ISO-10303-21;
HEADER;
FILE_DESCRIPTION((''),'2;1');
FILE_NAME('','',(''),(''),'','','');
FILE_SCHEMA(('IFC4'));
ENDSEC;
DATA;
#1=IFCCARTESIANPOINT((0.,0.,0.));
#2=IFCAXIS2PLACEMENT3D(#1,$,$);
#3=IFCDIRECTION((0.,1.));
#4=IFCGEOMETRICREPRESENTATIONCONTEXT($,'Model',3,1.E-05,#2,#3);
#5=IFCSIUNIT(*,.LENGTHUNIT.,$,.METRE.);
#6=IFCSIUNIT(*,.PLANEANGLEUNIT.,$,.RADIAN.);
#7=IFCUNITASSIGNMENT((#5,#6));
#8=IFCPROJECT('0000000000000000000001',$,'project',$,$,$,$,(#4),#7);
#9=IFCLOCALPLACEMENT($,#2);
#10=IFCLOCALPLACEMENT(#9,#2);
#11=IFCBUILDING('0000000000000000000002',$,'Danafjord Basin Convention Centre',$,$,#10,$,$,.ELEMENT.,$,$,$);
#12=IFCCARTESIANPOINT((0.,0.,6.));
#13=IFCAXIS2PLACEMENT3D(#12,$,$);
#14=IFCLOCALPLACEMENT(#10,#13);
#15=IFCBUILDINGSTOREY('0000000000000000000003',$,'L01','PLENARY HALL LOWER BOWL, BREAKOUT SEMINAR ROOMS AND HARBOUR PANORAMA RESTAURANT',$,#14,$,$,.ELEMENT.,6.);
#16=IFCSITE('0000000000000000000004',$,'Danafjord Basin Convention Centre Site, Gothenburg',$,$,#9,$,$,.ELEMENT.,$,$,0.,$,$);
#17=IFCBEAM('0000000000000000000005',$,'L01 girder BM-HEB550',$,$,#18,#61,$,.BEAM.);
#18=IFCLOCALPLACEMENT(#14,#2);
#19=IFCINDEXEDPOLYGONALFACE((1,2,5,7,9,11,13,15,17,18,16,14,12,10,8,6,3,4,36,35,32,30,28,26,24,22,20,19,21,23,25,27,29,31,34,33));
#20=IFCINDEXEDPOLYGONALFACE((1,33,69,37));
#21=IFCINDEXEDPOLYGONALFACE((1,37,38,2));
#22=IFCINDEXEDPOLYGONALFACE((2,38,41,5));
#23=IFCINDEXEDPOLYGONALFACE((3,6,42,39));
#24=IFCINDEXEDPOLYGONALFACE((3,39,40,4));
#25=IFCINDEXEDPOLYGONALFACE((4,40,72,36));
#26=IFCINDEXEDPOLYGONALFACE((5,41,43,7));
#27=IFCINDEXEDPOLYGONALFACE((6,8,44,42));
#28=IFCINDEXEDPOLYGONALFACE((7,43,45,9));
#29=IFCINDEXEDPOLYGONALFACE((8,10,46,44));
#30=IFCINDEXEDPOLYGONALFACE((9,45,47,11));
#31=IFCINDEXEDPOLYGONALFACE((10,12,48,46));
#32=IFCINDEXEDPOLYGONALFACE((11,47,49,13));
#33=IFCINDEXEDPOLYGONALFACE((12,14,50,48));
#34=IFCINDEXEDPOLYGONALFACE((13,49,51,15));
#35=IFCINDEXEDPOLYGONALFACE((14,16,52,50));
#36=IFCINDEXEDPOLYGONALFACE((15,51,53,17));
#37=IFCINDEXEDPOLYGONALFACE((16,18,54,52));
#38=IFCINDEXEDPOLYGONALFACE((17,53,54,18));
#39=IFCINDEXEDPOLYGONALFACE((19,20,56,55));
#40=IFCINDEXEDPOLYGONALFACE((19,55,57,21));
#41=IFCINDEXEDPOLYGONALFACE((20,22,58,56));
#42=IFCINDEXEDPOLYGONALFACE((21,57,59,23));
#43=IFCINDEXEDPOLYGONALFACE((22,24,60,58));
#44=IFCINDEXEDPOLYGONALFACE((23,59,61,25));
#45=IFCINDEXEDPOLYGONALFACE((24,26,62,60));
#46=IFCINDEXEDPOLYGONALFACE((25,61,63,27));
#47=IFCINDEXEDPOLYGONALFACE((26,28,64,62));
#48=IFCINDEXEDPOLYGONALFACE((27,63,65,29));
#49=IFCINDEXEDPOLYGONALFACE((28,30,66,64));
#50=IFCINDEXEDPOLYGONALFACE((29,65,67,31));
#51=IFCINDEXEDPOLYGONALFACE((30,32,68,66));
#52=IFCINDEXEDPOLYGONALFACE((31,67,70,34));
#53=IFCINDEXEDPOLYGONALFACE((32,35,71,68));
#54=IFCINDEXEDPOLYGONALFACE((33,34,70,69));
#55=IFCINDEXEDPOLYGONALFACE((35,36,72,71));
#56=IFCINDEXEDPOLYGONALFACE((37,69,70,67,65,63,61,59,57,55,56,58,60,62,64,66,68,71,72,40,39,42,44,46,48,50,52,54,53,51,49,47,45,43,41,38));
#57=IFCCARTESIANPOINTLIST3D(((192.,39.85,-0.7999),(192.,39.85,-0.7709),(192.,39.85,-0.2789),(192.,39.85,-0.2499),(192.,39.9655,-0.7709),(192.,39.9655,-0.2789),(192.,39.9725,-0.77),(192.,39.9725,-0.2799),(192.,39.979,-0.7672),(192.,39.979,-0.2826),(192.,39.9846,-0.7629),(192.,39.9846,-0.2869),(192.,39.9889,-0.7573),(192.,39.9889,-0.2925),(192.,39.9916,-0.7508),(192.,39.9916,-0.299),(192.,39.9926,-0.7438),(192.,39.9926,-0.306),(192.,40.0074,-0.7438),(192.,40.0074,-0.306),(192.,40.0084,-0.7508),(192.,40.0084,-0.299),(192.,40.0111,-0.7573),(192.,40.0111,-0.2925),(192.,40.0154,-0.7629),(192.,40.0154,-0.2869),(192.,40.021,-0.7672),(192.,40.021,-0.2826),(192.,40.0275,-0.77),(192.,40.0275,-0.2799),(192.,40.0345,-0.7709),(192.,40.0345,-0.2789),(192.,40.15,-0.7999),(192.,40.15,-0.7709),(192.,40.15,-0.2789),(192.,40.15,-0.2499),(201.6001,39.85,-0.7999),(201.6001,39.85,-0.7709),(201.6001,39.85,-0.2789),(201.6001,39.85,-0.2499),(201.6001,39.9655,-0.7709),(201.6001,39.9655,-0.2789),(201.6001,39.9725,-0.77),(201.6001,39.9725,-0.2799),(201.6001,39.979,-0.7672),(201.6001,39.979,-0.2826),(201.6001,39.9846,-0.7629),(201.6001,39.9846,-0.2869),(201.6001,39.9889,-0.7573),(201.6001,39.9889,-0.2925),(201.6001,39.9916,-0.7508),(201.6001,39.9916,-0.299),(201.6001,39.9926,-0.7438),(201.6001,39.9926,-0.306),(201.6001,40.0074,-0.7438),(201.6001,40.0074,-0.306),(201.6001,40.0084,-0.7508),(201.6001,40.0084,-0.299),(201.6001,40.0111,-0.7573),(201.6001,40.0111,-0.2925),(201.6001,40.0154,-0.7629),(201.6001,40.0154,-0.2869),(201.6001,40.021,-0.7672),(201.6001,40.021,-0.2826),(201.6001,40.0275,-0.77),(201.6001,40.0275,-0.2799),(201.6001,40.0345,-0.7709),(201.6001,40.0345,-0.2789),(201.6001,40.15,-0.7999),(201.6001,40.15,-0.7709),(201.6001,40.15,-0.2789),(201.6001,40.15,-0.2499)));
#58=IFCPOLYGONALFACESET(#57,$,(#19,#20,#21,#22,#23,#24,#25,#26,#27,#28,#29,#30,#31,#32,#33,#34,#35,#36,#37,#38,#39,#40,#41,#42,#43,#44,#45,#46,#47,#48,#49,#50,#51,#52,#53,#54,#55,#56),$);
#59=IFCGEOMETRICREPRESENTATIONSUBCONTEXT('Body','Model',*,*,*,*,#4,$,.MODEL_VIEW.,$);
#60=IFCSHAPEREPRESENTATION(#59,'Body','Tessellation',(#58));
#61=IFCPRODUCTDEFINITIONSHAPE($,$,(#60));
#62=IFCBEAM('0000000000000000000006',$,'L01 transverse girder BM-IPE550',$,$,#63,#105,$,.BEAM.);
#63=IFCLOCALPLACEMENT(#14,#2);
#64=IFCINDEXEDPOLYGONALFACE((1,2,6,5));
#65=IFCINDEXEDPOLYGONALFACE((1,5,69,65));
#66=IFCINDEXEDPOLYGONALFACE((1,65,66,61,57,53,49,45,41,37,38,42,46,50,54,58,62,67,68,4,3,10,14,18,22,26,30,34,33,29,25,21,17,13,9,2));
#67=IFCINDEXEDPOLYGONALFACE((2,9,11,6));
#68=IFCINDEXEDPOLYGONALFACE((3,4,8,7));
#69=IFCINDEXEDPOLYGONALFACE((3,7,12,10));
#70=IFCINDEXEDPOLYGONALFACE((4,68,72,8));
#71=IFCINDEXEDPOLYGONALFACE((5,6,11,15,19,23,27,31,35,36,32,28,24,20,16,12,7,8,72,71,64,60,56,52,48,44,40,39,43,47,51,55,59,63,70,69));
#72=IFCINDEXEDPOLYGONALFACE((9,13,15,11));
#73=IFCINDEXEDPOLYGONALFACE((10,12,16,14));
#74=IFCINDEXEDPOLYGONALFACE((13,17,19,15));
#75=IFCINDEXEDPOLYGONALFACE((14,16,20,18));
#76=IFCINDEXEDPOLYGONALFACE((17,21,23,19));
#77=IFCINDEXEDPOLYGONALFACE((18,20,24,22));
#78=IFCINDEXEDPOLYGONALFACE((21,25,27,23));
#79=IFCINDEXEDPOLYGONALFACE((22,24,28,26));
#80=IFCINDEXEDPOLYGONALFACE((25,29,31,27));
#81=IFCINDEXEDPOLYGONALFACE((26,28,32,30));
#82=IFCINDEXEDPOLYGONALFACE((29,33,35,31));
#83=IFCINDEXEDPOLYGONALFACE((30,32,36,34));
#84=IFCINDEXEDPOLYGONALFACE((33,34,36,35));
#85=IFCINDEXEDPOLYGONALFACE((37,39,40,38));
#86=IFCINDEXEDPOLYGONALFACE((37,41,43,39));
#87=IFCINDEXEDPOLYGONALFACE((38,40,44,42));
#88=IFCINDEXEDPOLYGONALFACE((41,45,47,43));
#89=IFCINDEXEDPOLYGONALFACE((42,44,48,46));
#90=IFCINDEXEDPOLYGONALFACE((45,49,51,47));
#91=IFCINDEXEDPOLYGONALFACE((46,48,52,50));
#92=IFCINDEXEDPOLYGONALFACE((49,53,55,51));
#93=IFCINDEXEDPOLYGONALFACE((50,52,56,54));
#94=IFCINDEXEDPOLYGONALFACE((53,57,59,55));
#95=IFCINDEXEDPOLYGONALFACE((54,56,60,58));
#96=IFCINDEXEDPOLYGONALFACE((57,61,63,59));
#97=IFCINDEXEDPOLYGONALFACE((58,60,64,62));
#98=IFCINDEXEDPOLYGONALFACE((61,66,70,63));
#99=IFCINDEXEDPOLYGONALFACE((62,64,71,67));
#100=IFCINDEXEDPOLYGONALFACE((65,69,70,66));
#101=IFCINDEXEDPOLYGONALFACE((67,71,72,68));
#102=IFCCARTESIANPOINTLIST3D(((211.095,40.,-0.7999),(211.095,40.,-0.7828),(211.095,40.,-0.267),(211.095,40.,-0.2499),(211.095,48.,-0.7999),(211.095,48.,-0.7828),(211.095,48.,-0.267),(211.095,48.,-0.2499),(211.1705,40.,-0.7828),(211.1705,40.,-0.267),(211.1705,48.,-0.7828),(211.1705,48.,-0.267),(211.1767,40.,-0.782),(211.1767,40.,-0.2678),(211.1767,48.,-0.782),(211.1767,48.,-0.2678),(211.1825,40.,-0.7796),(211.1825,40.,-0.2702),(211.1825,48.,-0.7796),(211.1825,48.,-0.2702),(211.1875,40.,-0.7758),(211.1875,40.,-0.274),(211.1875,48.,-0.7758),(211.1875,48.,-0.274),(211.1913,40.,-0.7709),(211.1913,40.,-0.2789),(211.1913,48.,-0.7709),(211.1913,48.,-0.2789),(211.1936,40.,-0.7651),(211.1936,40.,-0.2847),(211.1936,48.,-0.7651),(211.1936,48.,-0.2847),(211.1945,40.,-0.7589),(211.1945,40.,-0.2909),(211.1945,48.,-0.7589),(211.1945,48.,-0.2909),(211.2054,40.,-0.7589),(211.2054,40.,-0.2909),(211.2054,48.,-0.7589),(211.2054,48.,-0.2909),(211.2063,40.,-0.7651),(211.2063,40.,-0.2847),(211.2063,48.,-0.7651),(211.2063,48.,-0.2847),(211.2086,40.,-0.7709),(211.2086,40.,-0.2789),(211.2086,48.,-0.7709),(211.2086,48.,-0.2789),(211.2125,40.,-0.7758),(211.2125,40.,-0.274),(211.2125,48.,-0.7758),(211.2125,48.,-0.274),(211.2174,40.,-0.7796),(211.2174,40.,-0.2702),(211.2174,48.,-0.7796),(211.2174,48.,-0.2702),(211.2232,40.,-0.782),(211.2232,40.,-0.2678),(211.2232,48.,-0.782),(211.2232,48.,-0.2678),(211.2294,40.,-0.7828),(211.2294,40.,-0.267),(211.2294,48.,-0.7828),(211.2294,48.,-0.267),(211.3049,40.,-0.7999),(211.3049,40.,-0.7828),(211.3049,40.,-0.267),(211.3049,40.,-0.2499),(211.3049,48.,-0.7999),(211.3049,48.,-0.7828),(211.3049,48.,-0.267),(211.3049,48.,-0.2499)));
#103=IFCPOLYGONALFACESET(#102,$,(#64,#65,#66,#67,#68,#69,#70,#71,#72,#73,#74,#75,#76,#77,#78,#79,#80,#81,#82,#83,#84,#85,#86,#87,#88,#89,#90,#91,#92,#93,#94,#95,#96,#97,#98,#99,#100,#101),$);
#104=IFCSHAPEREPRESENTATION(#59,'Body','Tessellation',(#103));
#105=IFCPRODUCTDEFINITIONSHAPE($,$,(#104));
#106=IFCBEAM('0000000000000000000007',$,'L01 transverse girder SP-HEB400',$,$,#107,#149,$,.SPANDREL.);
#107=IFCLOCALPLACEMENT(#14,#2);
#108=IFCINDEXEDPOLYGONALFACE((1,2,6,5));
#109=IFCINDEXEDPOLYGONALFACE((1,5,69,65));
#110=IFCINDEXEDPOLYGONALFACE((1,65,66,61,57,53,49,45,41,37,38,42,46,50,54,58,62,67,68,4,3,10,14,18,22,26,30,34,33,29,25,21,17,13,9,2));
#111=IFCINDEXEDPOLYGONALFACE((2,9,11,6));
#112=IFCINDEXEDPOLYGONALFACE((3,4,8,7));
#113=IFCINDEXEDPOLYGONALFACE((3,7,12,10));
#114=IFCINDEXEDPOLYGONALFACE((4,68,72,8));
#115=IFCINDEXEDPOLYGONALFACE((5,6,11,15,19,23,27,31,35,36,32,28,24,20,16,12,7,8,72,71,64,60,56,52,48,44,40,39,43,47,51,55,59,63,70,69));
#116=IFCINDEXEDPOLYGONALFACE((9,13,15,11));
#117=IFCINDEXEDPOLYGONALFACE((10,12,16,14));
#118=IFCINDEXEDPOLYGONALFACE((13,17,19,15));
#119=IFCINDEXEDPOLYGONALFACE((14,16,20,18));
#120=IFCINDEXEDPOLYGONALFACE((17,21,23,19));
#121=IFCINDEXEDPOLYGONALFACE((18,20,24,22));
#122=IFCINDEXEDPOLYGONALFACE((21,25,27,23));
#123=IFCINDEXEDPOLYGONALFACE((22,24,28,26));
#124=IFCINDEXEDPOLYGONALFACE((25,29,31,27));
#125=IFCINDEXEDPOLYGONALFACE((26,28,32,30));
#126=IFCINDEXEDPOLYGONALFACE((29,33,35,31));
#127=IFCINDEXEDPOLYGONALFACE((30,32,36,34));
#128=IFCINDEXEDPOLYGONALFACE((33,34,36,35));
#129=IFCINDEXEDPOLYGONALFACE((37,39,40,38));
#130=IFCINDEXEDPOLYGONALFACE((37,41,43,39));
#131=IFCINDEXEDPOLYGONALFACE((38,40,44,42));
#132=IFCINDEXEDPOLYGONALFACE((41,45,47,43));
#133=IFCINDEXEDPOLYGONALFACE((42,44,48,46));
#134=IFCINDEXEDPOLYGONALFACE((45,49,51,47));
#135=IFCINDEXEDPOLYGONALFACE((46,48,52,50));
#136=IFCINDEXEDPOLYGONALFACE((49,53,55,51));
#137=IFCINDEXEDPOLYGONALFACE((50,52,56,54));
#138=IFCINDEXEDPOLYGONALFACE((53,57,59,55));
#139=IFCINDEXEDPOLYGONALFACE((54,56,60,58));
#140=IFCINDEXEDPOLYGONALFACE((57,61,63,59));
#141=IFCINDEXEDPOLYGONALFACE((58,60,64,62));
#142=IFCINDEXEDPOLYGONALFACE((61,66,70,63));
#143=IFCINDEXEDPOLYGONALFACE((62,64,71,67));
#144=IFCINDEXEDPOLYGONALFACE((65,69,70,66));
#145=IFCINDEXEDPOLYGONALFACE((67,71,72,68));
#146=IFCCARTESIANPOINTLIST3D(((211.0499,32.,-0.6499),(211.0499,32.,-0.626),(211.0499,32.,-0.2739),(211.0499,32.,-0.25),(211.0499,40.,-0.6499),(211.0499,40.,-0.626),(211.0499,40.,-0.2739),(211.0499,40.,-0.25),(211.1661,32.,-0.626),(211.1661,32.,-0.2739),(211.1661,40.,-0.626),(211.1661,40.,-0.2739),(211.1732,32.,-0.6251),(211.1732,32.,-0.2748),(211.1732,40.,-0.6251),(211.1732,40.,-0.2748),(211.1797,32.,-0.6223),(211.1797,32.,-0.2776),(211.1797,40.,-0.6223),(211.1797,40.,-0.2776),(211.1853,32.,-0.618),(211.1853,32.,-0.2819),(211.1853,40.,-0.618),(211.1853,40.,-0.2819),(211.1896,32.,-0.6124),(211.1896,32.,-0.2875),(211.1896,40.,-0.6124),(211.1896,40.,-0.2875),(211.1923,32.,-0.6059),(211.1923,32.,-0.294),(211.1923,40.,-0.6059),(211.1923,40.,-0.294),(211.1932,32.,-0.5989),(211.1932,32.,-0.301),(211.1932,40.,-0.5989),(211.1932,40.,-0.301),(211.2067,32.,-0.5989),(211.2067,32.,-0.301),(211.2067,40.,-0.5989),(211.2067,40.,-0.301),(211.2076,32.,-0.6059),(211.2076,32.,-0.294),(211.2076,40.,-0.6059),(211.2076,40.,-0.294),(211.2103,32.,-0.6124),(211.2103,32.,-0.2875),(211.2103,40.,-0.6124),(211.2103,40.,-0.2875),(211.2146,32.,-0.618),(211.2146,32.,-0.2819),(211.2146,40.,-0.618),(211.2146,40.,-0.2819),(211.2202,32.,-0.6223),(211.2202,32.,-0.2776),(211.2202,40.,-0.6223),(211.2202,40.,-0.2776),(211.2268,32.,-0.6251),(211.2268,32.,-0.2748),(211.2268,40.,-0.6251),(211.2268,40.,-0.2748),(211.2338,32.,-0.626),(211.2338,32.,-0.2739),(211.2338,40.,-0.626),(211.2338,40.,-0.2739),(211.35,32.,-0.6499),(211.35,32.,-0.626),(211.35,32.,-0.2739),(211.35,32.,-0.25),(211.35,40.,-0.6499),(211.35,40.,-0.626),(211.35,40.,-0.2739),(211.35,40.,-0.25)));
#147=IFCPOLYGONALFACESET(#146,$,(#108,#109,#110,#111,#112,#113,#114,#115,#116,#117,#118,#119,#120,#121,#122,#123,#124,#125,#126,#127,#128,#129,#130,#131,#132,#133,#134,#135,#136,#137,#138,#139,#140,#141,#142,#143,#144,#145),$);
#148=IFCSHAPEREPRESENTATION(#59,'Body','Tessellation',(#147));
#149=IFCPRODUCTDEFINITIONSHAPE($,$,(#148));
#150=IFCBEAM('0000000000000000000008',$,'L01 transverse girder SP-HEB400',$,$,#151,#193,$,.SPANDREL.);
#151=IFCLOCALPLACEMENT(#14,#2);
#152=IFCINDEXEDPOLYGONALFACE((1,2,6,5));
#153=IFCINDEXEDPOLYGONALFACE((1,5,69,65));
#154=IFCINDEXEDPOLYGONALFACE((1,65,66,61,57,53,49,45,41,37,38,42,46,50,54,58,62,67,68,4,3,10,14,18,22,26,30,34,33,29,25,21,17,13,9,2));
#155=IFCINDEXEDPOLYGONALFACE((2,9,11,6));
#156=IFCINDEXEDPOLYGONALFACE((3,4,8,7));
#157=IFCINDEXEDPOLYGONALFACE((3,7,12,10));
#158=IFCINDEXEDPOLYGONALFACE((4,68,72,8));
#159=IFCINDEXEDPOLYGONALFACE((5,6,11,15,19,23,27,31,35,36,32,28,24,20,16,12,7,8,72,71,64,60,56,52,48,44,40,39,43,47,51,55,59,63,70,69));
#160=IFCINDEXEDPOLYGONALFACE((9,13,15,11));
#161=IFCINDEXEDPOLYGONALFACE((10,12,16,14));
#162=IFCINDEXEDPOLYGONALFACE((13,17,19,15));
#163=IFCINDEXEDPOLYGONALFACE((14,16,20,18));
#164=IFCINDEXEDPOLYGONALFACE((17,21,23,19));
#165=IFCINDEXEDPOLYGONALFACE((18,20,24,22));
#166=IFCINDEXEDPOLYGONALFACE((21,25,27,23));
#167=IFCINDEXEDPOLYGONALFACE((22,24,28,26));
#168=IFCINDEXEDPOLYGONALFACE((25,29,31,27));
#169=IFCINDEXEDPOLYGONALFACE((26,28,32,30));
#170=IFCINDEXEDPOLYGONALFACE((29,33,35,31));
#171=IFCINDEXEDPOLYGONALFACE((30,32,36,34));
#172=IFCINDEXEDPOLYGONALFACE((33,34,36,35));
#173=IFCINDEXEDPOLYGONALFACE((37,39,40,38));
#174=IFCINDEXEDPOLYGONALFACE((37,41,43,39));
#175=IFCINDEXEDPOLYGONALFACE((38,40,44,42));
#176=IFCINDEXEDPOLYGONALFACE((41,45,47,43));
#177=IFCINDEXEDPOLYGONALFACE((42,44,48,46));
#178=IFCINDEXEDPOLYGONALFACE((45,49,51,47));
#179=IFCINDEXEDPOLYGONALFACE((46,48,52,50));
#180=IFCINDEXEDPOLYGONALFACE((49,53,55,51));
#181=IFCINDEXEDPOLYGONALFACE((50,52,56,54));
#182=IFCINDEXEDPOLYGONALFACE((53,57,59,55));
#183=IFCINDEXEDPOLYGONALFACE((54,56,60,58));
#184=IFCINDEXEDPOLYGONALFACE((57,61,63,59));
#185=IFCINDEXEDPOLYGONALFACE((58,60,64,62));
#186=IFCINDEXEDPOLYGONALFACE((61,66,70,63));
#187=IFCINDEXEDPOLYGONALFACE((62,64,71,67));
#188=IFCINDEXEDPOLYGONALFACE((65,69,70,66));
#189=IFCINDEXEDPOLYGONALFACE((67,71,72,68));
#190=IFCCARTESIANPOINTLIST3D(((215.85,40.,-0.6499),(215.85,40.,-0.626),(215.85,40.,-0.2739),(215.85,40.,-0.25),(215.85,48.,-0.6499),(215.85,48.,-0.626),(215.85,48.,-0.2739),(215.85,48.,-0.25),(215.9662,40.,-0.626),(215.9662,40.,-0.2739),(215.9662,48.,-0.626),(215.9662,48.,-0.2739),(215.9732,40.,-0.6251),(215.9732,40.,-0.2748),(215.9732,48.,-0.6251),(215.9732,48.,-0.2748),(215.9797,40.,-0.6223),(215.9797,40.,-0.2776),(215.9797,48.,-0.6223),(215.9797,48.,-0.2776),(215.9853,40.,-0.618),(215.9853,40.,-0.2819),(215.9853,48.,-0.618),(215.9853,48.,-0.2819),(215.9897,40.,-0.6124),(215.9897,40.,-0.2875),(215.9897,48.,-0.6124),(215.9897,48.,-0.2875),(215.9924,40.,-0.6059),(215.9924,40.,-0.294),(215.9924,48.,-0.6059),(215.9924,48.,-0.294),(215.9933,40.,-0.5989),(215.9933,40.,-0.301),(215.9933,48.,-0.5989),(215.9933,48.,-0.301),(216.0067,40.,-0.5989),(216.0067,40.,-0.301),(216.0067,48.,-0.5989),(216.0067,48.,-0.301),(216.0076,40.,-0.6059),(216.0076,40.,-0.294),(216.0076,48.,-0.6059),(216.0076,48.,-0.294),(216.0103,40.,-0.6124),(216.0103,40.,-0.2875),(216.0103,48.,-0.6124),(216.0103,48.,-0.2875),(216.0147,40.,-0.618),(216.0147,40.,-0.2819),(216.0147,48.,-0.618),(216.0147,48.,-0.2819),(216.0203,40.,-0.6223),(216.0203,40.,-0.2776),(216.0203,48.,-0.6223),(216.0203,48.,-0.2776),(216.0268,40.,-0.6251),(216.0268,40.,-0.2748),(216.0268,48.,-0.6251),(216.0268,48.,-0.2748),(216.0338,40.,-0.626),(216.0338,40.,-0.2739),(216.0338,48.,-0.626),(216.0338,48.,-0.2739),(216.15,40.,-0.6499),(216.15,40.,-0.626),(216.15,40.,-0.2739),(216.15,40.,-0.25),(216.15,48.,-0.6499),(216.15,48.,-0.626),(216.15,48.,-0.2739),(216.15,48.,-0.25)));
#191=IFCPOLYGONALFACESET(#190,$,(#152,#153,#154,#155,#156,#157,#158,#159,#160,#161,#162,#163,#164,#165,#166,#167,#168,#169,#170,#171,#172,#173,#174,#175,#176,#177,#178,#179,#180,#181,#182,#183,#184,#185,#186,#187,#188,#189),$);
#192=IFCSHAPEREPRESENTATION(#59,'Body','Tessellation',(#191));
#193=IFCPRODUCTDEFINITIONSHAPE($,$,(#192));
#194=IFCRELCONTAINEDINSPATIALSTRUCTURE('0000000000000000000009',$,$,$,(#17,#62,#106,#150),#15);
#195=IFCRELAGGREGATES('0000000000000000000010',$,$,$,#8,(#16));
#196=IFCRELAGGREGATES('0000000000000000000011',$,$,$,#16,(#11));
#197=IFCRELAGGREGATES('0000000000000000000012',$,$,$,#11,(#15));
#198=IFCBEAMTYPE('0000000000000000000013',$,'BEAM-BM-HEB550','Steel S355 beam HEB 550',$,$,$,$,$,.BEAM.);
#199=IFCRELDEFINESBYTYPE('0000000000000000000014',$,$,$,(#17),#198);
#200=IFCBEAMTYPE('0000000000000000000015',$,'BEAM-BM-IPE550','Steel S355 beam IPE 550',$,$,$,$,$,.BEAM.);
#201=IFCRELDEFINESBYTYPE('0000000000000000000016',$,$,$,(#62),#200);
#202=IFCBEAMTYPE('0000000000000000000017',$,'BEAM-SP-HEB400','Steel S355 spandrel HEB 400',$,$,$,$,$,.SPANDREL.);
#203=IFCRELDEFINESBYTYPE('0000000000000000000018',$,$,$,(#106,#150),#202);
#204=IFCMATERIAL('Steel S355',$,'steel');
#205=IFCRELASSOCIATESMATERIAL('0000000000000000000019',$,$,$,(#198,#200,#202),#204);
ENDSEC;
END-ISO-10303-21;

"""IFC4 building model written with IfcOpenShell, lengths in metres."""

from ifc_helpers import new_model, si_unit, direction, frame, origin, origin_2d, place, context, subcontext, project, spatial, i_section, extrude, material, material_profile, profile_set, type_object, element, save


model = new_model("IFC4")

# Units and contexts
model_context = context("Model", 3, precision=1e-05, world=origin(), true_north=direction((0.0, 1.0)))
body_context = subcontext(model_context, "Body", "Model", "MODEL_VIEW")
ifc_project = project(units=[si_unit("LENGTHUNIT", "METRE"), si_unit("PLANEANGLEUNIT", "RADIAN")], contexts=[model_context])

# Site, building, storey
site_placement = place(None, origin())
site = spatial("IfcSite", under=ifc_project, at=site_placement, Name="Danafjord Basin Convention Centre Site, Gothenburg", CompositionType="ELEMENT", RefElevation=0.0)
building_placement = place(site_placement, origin())
building = spatial("IfcBuilding", under=site, at=building_placement, Name="Danafjord Basin Convention Centre", CompositionType="ELEMENT")
storey_placement = place(building_placement, frame((0.0, 0.0, 6.0)))
storey = spatial("IfcBuildingStorey", under=building, at=storey_placement, Name="L01", Description="PLENARY HALL LOWER BOWL, BREAKOUT SEMINAR ROOMS AND HARBOUR PANORAMA RESTAURANT", CompositionType="ELEMENT", Elevation=6.0)

# Shared definitions
ifc_material_1 = material(Name="Steel S355", Category="steel")

# Beams
ifc_material_profile_1 = material_profile(ifc_material_1, i_section(OverallWidth=0.3, OverallDepth=0.55, WebThickness=0.0149, FlangeThickness=0.0291, FilletRadius=0.0271, at=origin_2d()), Name="HEB 550")
ifc_profile_set_1 = profile_set([ifc_material_profile_1], Name="Steel S355")
beam_type_1 = type_object("IfcBeamType", Name="BEAM-BM-HEB550", Description="Steel S355 beam HEB 550", PredefinedType="BEAM", material=ifc_profile_set_1)
beam_1_placement = place(storey_placement, frame((192.0, 40.0, -0.5249), z_axis=(1.0, 0.0, 0.0), x_axis=(0.0, 1.0, 0.0)))
element("IfcBeam", 1, at=beam_1_placement, inside=storey, type_object=beam_type_1, Name="L01 girder BM-HEB550", PredefinedType="BEAM", context=body_context, shape_type="SweptSolid", body=[
    extrude(i_section(OverallWidth=0.3, OverallDepth=0.55, WebThickness=0.0149, FlangeThickness=0.0291, FilletRadius=0.0271, at=origin_2d()), origin(), (0.0, 0.0, 1.0), 9.6001),
])
ifc_material_profile_2 = material_profile(ifc_material_1, i_section(OverallWidth=0.21, OverallDepth=0.55, WebThickness=0.011, FlangeThickness=0.0171, FilletRadius=0.0239, at=origin_2d()), Name="IPE 550")
ifc_profile_set_2 = profile_set([ifc_material_profile_2], Name="Steel S355")
beam_type_2 = type_object("IfcBeamType", Name="BEAM-BM-IPE550", Description="Steel S355 beam IPE 550", PredefinedType="BEAM", material=ifc_profile_set_2)
beam_2_placement = place(storey_placement, frame((211.2, 40.0, -0.5249), z_axis=(0.0, 1.0, 0.0), x_axis=(-1.0, 0.0, 0.0)))
element("IfcBeam", 2, at=beam_2_placement, inside=storey, type_object=beam_type_2, Name="L01 transverse girder BM-IPE550", PredefinedType="BEAM", context=body_context, shape_type="SweptSolid", body=[
    extrude(i_section(OverallWidth=0.21, OverallDepth=0.55, WebThickness=0.011, FlangeThickness=0.0171, FilletRadius=0.0239, at=origin_2d()), origin(), (0.0, 0.0, 1.0), 8.0),
])
ifc_material_profile_3 = material_profile(ifc_material_1, i_section(OverallWidth=0.3, OverallDepth=0.3999, WebThickness=0.0134, FlangeThickness=0.0239, FilletRadius=0.0271, at=origin_2d()), Name="HEB 400")
ifc_profile_set_3 = profile_set([ifc_material_profile_3], Name="Steel S355")
beam_type_3 = type_object("IfcBeamType", Name="BEAM-SP-HEB400", Description="Steel S355 spandrel HEB 400", PredefinedType="SPANDREL", material=ifc_profile_set_3)
for number, where, z_axis, x_axis, name in (
    (3, (211.2, 32.0, -0.45), (0.0, 1.0, 0.0), (-1.0, 0.0, 0.0), "L01 transverse girder SP-HEB400"),
    (4, (216.0, 40.0, -0.45), (0.0, 1.0, 0.0), (-1.0, 0.0, 0.0), "L01 transverse girder SP-HEB400"),
):
    element("IfcBeam", number, at=place(storey_placement, frame(where, z_axis=z_axis, x_axis=x_axis)), inside=storey, type_object=beam_type_3, Name=name, PredefinedType="SPANDREL", context=body_context, shape_type="SweptSolid", body=[
        extrude(i_section(OverallWidth=0.3, OverallDepth=0.3999, WebThickness=0.0134, FlangeThickness=0.0239, FilletRadius=0.0271, at=origin_2d()), origin(), (0.0, 0.0, 1.0), 8.0),
    ])

save(model, "model.ifc")
